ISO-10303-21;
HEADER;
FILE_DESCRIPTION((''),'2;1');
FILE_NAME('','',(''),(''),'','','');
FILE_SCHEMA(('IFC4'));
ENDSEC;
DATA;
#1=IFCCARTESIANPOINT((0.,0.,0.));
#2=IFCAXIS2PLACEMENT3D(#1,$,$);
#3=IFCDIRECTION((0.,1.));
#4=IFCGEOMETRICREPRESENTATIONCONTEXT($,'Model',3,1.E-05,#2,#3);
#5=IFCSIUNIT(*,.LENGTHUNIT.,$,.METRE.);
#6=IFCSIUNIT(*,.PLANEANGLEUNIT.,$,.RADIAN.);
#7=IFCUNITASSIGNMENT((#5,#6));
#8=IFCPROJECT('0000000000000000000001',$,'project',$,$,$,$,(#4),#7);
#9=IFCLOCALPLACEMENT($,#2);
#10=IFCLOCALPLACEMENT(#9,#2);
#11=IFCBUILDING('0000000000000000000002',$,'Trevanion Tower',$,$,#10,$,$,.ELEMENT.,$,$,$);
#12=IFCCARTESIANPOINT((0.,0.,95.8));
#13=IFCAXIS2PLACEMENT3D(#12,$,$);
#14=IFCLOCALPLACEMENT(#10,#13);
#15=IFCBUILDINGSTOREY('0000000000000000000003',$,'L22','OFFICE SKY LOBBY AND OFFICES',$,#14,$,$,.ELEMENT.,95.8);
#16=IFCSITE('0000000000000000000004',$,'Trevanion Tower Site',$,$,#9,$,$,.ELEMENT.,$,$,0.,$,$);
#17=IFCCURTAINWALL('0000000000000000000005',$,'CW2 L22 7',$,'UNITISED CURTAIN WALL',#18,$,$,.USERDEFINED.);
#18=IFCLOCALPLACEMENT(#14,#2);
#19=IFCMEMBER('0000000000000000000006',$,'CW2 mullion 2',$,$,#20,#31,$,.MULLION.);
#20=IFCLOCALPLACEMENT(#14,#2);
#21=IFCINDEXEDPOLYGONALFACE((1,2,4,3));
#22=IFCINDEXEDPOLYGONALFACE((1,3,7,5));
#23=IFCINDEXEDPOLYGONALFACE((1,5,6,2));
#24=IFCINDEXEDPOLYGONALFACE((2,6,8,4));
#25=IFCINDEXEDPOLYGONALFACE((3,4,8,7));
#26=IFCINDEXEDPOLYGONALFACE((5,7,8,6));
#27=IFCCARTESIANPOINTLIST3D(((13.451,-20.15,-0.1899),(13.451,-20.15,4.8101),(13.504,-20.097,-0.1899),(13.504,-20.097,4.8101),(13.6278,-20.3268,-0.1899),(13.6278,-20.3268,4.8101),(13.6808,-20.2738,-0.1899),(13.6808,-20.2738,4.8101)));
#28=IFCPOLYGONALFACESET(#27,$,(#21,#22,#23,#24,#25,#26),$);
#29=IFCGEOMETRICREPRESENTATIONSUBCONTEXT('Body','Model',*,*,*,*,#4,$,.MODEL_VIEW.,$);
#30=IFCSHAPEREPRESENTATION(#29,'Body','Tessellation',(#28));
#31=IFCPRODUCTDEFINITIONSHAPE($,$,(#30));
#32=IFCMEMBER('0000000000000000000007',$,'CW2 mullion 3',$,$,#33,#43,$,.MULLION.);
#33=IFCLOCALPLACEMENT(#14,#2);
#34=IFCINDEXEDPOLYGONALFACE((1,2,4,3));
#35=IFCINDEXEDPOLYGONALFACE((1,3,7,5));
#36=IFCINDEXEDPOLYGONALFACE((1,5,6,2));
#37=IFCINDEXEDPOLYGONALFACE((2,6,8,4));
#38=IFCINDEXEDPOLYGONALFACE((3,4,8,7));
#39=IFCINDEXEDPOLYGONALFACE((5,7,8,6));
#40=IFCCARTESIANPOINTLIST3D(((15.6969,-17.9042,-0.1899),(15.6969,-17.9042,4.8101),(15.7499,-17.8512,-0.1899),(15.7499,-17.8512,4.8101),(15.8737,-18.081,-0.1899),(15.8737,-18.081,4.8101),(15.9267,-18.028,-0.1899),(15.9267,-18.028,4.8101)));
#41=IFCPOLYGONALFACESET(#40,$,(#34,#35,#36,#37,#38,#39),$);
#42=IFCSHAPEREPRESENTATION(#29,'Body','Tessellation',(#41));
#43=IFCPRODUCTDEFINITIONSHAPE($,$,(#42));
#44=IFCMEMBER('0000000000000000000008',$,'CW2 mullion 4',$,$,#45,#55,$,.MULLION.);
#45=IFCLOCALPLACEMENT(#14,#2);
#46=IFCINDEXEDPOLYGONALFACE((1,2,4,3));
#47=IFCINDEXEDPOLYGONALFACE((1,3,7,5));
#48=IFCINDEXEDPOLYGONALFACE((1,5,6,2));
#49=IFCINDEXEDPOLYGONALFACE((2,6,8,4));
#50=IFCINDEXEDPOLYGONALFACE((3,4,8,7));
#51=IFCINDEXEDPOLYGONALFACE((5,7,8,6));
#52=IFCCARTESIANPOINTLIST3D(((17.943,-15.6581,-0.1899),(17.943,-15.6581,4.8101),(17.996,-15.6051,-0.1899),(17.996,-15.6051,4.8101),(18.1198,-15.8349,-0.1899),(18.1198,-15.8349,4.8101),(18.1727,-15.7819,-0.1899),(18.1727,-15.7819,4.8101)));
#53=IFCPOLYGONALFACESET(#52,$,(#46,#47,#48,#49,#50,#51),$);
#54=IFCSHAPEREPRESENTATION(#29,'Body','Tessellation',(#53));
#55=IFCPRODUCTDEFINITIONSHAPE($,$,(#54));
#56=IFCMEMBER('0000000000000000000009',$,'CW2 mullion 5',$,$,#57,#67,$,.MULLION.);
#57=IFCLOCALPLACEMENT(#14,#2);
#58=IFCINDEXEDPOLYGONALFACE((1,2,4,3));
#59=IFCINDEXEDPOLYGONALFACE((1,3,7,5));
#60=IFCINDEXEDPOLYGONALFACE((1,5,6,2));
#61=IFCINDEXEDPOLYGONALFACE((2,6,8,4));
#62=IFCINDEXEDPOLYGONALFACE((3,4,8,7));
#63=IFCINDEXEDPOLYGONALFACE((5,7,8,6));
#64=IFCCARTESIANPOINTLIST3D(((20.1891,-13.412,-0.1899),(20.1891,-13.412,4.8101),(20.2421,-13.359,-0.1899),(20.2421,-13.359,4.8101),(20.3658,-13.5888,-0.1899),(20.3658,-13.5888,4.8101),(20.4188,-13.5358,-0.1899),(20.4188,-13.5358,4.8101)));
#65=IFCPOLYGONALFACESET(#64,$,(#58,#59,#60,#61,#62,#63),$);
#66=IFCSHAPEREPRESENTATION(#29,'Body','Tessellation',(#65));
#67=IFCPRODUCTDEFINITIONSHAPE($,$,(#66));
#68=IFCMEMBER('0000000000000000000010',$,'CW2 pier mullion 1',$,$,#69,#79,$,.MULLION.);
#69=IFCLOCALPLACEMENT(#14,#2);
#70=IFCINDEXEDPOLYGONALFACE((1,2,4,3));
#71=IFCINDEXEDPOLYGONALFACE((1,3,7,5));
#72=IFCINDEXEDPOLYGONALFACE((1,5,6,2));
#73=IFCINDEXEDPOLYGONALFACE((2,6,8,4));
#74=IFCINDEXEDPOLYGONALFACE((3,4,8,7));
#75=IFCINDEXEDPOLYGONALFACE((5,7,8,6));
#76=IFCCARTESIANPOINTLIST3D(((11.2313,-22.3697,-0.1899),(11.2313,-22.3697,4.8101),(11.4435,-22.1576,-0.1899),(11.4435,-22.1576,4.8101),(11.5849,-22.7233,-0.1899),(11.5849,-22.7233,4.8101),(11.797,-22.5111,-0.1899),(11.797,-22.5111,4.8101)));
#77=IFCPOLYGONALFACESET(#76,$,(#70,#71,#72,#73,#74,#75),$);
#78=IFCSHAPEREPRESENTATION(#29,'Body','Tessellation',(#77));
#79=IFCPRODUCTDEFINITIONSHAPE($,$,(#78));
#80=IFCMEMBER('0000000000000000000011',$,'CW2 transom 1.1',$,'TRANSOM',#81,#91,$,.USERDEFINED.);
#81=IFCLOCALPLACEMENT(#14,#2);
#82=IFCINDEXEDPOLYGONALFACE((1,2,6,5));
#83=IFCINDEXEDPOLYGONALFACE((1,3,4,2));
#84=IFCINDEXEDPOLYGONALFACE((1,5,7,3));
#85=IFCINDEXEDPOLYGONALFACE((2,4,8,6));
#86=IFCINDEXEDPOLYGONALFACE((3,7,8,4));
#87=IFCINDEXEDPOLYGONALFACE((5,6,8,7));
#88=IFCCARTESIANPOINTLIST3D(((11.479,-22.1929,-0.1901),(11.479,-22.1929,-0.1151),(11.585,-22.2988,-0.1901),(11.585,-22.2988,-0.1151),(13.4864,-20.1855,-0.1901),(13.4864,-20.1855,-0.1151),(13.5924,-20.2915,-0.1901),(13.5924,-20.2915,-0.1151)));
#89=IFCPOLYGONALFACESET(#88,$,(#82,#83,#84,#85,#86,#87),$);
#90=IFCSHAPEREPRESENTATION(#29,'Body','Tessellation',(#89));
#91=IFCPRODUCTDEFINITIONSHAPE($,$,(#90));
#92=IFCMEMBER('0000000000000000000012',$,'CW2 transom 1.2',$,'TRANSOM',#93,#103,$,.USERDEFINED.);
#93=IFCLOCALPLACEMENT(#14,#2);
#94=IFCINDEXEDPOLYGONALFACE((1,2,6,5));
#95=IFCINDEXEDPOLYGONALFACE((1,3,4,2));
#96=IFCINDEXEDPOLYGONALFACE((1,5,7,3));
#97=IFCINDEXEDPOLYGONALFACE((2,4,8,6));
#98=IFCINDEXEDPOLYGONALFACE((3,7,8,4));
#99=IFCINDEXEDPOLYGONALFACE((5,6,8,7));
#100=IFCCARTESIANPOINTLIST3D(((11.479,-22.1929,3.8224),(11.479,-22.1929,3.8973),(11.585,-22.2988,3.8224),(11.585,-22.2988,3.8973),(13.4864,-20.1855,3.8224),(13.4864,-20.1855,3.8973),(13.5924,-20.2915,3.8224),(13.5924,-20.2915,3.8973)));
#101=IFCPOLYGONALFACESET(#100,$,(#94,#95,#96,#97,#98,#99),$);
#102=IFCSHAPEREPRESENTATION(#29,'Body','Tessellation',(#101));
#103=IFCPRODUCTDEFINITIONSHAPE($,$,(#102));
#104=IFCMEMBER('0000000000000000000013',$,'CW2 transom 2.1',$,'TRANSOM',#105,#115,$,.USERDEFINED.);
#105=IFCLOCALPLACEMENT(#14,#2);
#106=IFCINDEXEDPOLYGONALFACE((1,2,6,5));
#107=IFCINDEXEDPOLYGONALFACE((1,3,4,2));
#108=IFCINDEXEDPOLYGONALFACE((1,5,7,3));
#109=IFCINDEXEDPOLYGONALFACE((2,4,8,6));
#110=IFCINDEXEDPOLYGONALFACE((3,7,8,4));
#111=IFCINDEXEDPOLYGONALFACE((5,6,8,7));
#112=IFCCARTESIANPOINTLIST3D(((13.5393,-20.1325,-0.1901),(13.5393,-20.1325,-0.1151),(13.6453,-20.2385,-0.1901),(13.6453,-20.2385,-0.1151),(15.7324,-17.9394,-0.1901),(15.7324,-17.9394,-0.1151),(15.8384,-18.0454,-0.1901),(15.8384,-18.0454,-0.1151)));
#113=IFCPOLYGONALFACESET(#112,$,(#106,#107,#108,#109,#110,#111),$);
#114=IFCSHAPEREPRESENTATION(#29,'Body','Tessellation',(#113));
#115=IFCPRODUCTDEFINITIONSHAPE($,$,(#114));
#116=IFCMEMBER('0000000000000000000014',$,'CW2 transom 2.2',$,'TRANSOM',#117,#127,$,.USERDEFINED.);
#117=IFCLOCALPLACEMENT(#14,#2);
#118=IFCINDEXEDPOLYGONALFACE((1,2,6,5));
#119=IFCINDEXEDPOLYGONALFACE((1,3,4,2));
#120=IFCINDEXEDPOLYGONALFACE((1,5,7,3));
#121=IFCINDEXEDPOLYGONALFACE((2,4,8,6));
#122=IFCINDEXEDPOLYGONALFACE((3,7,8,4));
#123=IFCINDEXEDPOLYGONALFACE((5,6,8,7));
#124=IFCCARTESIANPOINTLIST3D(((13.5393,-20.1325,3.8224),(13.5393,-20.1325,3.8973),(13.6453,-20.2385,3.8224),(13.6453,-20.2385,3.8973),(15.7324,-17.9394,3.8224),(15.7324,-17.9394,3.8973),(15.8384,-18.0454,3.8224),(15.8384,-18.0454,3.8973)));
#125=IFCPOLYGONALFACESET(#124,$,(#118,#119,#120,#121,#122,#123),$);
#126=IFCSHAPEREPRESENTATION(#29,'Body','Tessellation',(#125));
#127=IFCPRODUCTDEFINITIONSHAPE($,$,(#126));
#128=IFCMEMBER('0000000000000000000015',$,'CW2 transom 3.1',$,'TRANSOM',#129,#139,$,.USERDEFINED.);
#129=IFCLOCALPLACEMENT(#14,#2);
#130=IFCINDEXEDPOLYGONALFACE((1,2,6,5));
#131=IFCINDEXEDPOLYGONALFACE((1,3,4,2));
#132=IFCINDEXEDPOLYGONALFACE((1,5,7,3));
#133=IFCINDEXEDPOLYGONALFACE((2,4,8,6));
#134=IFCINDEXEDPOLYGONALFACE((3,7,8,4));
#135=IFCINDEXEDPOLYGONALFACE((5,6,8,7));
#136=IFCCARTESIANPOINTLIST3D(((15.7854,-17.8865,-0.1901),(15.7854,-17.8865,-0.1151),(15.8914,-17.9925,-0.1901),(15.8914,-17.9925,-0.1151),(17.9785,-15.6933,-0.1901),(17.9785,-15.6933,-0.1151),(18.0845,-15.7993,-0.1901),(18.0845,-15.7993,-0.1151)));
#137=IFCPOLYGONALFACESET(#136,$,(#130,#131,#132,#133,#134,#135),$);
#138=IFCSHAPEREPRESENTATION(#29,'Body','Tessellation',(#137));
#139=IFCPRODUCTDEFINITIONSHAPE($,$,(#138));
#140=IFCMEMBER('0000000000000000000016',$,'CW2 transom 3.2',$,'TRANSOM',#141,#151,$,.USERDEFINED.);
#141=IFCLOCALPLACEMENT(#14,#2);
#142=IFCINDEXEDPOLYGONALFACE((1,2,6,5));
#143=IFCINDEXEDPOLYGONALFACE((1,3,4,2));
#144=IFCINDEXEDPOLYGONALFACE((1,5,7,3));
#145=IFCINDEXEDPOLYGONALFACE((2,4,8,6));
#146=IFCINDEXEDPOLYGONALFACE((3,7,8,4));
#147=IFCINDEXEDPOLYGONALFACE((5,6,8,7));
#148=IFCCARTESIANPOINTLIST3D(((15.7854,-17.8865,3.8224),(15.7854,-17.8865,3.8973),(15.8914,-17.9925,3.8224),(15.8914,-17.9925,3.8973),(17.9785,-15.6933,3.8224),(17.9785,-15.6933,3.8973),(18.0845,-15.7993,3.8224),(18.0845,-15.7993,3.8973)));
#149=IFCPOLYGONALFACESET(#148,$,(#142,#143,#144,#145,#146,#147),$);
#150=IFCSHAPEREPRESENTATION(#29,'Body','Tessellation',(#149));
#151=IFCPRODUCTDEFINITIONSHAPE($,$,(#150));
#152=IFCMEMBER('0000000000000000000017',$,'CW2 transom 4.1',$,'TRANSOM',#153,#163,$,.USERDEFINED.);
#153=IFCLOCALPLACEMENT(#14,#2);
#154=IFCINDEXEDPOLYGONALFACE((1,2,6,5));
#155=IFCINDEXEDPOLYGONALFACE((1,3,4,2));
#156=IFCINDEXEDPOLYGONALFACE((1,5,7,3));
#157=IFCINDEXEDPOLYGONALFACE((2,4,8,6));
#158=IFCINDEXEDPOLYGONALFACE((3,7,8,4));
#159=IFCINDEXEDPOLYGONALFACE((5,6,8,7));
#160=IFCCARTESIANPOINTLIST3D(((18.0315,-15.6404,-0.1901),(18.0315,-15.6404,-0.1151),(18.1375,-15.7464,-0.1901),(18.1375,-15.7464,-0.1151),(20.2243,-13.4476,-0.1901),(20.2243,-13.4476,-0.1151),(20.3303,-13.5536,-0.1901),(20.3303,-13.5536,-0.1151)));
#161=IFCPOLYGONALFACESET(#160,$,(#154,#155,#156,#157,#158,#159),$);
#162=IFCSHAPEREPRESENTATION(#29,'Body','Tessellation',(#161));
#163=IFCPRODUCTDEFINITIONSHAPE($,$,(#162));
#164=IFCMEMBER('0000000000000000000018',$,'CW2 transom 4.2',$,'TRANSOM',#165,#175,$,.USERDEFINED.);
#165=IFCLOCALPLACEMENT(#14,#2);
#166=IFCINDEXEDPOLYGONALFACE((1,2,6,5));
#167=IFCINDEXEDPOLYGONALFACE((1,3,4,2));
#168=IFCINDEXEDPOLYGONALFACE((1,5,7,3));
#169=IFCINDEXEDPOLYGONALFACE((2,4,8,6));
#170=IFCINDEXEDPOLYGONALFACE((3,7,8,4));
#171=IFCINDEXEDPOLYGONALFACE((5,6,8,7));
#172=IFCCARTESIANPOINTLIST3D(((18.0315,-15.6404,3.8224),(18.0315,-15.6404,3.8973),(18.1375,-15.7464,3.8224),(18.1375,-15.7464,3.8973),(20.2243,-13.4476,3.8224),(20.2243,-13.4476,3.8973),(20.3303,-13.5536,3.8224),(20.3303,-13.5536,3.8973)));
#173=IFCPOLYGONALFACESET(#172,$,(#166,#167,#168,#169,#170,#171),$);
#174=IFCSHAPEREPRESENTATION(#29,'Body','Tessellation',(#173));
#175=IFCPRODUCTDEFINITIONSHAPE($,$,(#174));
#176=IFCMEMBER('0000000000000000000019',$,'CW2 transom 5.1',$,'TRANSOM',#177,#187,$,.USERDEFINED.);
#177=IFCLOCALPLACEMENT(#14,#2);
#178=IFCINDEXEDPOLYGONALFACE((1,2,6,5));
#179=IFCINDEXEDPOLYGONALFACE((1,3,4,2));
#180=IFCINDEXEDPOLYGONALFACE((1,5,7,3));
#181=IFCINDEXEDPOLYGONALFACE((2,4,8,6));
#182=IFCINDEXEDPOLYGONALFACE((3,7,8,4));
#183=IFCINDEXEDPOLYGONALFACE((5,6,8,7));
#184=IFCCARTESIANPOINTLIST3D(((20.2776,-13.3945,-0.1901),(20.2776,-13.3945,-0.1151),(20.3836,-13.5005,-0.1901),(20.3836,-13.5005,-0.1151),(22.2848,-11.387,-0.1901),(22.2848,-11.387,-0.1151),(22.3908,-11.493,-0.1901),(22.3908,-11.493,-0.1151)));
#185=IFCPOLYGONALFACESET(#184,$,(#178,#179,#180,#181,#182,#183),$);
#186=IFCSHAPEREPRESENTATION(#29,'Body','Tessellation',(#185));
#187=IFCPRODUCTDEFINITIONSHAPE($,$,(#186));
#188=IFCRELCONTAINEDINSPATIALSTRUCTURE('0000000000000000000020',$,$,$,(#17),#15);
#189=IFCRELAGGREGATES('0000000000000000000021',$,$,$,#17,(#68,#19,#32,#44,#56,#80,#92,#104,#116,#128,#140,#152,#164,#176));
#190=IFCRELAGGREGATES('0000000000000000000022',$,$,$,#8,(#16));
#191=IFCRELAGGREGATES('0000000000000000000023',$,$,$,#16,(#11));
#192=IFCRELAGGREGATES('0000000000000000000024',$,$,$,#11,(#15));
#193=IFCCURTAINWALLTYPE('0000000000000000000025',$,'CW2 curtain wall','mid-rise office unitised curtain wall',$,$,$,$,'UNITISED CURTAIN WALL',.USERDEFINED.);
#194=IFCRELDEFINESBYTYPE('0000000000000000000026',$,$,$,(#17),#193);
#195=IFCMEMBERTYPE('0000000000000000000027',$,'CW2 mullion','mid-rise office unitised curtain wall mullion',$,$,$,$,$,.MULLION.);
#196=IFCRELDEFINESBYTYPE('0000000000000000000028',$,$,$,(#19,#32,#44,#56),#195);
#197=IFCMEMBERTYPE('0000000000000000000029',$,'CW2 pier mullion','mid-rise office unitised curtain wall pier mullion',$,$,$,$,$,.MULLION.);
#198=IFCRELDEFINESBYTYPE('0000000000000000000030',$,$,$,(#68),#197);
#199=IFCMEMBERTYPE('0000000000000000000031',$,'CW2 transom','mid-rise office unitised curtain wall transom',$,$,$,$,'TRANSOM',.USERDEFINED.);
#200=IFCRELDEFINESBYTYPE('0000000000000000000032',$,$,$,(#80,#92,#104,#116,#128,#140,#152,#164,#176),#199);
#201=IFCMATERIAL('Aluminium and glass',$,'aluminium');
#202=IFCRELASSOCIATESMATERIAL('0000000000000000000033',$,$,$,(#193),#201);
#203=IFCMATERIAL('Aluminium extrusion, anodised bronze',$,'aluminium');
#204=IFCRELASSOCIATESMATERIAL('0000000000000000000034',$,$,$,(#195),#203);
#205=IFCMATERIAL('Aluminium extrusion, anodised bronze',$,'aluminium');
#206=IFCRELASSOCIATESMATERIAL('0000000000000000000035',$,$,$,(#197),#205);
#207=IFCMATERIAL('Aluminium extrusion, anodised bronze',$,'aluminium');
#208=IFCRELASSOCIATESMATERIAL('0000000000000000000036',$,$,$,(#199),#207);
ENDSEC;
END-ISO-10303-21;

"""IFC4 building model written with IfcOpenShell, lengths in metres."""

from ifc_helpers import new_model, si_unit, direction, frame, origin, origin_2d, place, context, subcontext, project, spatial, rectangle, extrude, material, material_profile, profile_set, type_object, element, aggregate, save


model = new_model("IFC4")

# Units and contexts
model_context = context("Model", 3, precision=1e-05, world=origin(), true_north=direction((0.0, 1.0)))
body_context = subcontext(model_context, "Body", "Model", "MODEL_VIEW")
ifc_project = project(units=[si_unit("LENGTHUNIT", "METRE"), si_unit("PLANEANGLEUNIT", "RADIAN")], contexts=[model_context])

# Site, building, storey
site_placement = place(None, origin())
site = spatial("IfcSite", under=ifc_project, at=site_placement, Name="Trevanion Tower Site", CompositionType="ELEMENT", RefElevation=0.0)
building_placement = place(site_placement, origin())
building = spatial("IfcBuilding", under=site, at=building_placement, Name="Trevanion Tower", CompositionType="ELEMENT")
storey_placement = place(building_placement, frame((0.0, 0.0, 95.8)))
storey = spatial("IfcBuildingStorey", under=building, at=storey_placement, Name="L22", Description="OFFICE SKY LOBBY AND OFFICES", CompositionType="ELEMENT", Elevation=95.8)

# Curtain wall, members
ifc_material_1 = material(Name="Aluminium and glass", Category="aluminium")
curtain_wall_type = type_object("IfcCurtainWallType", Name="CW2 curtain wall", Description="mid-rise office unitised curtain wall", ElementType="UNITISED CURTAIN WALL", PredefinedType="USERDEFINED", material=ifc_material_1)
curtain_wall_placement = place(storey_placement, origin())
curtain_wall = element("IfcCurtainWall", 1, at=curtain_wall_placement, inside=storey, type_object=curtain_wall_type, Name="CW2 L22 7", ObjectType="UNITISED CURTAIN WALL", PredefinedType="USERDEFINED")
ifc_material_2 = material(Name="Aluminium extrusion, anodised bronze", Category="aluminium")
ifc_material_profile_1 = material_profile(ifc_material_2, rectangle(XDim=0.075, YDim=0.25, at=origin_2d()), Name="CW2 mullion")
ifc_profile_set_1 = profile_set([ifc_material_profile_1], Name="Aluminium extrusion, anodised bronze")
member_type_1 = type_object("IfcMemberType", Name="CW2 mullion", Description="mid-rise office unitised curtain wall mullion", PredefinedType="MULLION", material=ifc_profile_set_1)
member_1_placement = place(storey_placement, frame((13.5659, -20.2119, -0.1899), z_axis=(0.0, 0.0, 1.0), x_axis=(0.707107, 0.707107, 0.0)))
member_1 = element("IfcMember", 2, at=member_1_placement, type_object=member_type_1, Name="CW2 mullion 2", PredefinedType="MULLION", context=body_context, shape_type="SweptSolid", body=[
    extrude(rectangle(XDim=0.075, YDim=0.25, at=origin_2d()), origin(), (0.0, 0.0, 1.0), 5.0),
])
member_2_placement = place(storey_placement, frame((15.8118, -17.9661, -0.1899), z_axis=(0.0, 0.0, 1.0), x_axis=(0.707107, 0.707107, 0.0)))
member_2 = element("IfcMember", 3, at=member_2_placement, type_object=member_type_1, Name="CW2 mullion 3", PredefinedType="MULLION", context=body_context, shape_type="SweptSolid", body=[
    extrude(rectangle(XDim=0.075, YDim=0.25, at=origin_2d()), origin(), (0.0, 0.0, 1.0), 5.0),
])
member_3_placement = place(storey_placement, frame((18.0579, -15.72, -0.1899), z_axis=(0.0, 0.0, 1.0), x_axis=(0.707107, 0.707107, 0.0)))
member_3 = element("IfcMember", 4, at=member_3_placement, type_object=member_type_1, Name="CW2 mullion 4", PredefinedType="MULLION", context=body_context, shape_type="SweptSolid", body=[
    extrude(rectangle(XDim=0.075, YDim=0.25, at=origin_2d()), origin(), (0.0, 0.0, 1.0), 5.0),
])
member_4_placement = place(storey_placement, frame((20.304, -13.4739, -0.1899), z_axis=(0.0, 0.0, 1.0), x_axis=(0.707107, 0.707107, 0.0)))
member_4 = element("IfcMember", 5, at=member_4_placement, type_object=member_type_1, Name="CW2 mullion 5", PredefinedType="MULLION", context=body_context, shape_type="SweptSolid", body=[
    extrude(rectangle(XDim=0.075, YDim=0.25, at=origin_2d()), origin(), (0.0, 0.0, 1.0), 5.0),
])
ifc_material_3 = material(Name="Aluminium extrusion, anodised bronze", Category="aluminium")
ifc_material_profile_2 = material_profile(ifc_material_3, rectangle(XDim=0.3, YDim=0.5, at=origin_2d()), Name="CW2 pier mullion")
ifc_profile_set_2 = profile_set([ifc_material_profile_2], Name="Aluminium extrusion, anodised bronze")
member_type_2 = type_object("IfcMemberType", Name="CW2 pier mullion", Description="mid-rise office unitised curtain wall pier mullion", PredefinedType="MULLION", material=ifc_profile_set_2)
member_5_placement = place(storey_placement, frame((11.5142, -22.4404, -0.1899), z_axis=(0.0, 0.0, 1.0), x_axis=(0.707107, 0.707107, 0.0)))
member_5 = element("IfcMember", 6, at=member_5_placement, type_object=member_type_2, Name="CW2 pier mullion 1", PredefinedType="MULLION", context=body_context, shape_type="SweptSolid", body=[
    extrude(rectangle(XDim=0.3, YDim=0.5, at=origin_2d()), origin(), (0.0, 0.0, 1.0), 5.0),
])
ifc_material_4 = material(Name="Aluminium extrusion, anodised bronze", Category="aluminium")
ifc_material_profile_3 = material_profile(ifc_material_4, rectangle(XDim=0.1499, YDim=0.075, at=origin_2d()), Name="CW2 transom")
ifc_profile_set_3 = profile_set([ifc_material_profile_3], Name="Aluminium extrusion, anodised bronze")
member_type_3 = type_object("IfcMemberType", Name="CW2 transom", Description="mid-rise office unitised curtain wall transom", ElementType="TRANSOM", PredefinedType="USERDEFINED", material=ifc_profile_set_3)
member_6_placement = place(storey_placement, frame((11.532, -22.2458, -0.1526), z_axis=(0.707107, 0.707107, 0.0), x_axis=(-0.707107, 0.707107, 0.0)))
member_6 = element("IfcMember", 7, at=member_6_placement, type_object=member_type_3, Name="CW2 transom 1.1", ObjectType="TRANSOM", PredefinedType="USERDEFINED", context=body_context, shape_type="SweptSolid", body=[
    extrude(rectangle(XDim=0.1499, YDim=0.075, at=origin_2d()), origin(), (0.0, 0.0, 1.0), 2.8389),
])
member_7_placement = place(storey_placement, frame((11.532, -22.2458, 3.8599), z_axis=(0.707107, 0.707107, 0.0), x_axis=(-0.707107, 0.707107, 0.0)))
member_7 = element("IfcMember", 8, at=member_7_placement, type_object=member_type_3, Name="CW2 transom 1.2", ObjectType="TRANSOM", PredefinedType="USERDEFINED", context=body_context, shape_type="SweptSolid", body=[
    extrude(rectangle(XDim=0.1499, YDim=0.075, at=origin_2d()), origin(), (0.0, 0.0, 1.0), 2.8389),
])
member_8_placement = place(storey_placement, frame((13.5923, -20.1855, -0.1526), z_axis=(0.707107, 0.707107, 0.0), x_axis=(-0.707107, 0.707107, 0.0)))
member_8 = element("IfcMember", 9, at=member_8_placement, type_object=member_type_3, Name="CW2 transom 2.1", ObjectType="TRANSOM", PredefinedType="USERDEFINED", context=body_context, shape_type="SweptSolid", body=[
    extrude(rectangle(XDim=0.1499, YDim=0.075, at=origin_2d()), origin(), (0.0, 0.0, 1.0), 3.1016),
])
member_9_placement = place(storey_placement, frame((13.5923, -20.1855, 3.8599), z_axis=(0.707107, 0.707107, 0.0), x_axis=(-0.707107, 0.707107, 0.0)))
member_9 = element("IfcMember", 10, at=member_9_placement, type_object=member_type_3, Name="CW2 transom 2.2", ObjectType="TRANSOM", PredefinedType="USERDEFINED", context=body_context, shape_type="SweptSolid", body=[
    extrude(rectangle(XDim=0.1499, YDim=0.075, at=origin_2d()), origin(), (0.0, 0.0, 1.0), 3.1016),
])
member_10_placement = place(storey_placement, frame((15.8384, -17.9395, -0.1526), z_axis=(0.707107, 0.707107, 0.0), x_axis=(-0.707107, 0.707107, 0.0)))
member_10 = element("IfcMember", 11, at=member_10_placement, type_object=member_type_3, Name="CW2 transom 3.1", ObjectType="TRANSOM", PredefinedType="USERDEFINED", context=body_context, shape_type="SweptSolid", body=[
    extrude(rectangle(XDim=0.1499, YDim=0.075, at=origin_2d()), origin(), (0.0, 0.0, 1.0), 3.1016),
])
member_11_placement = place(storey_placement, frame((15.8384, -17.9395, 3.8599), z_axis=(0.707107, 0.707107, 0.0), x_axis=(-0.707107, 0.707107, 0.0)))
member_11 = element("IfcMember", 12, at=member_11_placement, type_object=member_type_3, Name="CW2 transom 3.2", ObjectType="TRANSOM", PredefinedType="USERDEFINED", context=body_context, shape_type="SweptSolid", body=[
    extrude(rectangle(XDim=0.1499, YDim=0.075, at=origin_2d()), origin(), (0.0, 0.0, 1.0), 3.1016),
])
member_12_placement = place(storey_placement, frame((18.0845, -15.6934, -0.1526), z_axis=(0.707107, 0.707107, 0.0), x_axis=(-0.707107, 0.707107, 0.0)))
member_12 = element("IfcMember", 13, at=member_12_placement, type_object=member_type_3, Name="CW2 transom 4.1", ObjectType="TRANSOM", PredefinedType="USERDEFINED", context=body_context, shape_type="SweptSolid", body=[
    extrude(rectangle(XDim=0.1499, YDim=0.075, at=origin_2d()), origin(), (0.0, 0.0, 1.0), 3.1011),
])
member_13_placement = place(storey_placement, frame((18.0845, -15.6934, 3.8599), z_axis=(0.707107, 0.707107, 0.0), x_axis=(-0.707107, 0.707107, 0.0)))
member_13 = element("IfcMember", 14, at=member_13_placement, type_object=member_type_3, Name="CW2 transom 4.2", ObjectType="TRANSOM", PredefinedType="USERDEFINED", context=body_context, shape_type="SweptSolid", body=[
    extrude(rectangle(XDim=0.1499, YDim=0.075, at=origin_2d()), origin(), (0.0, 0.0, 1.0), 3.1011),
])
member_14_placement = place(storey_placement, frame((20.3306, -13.4475, -0.1526), z_axis=(0.707064, 0.70715, 0.0), x_axis=(-0.70715, 0.707064, 0.0)))
member_14 = element("IfcMember", 15, at=member_14_placement, type_object=member_type_3, Name="CW2 transom 5.1", ObjectType="TRANSOM", PredefinedType="USERDEFINED", context=body_context, shape_type="SweptSolid", body=[
    extrude(rectangle(XDim=0.1499, YDim=0.075, at=origin_2d()), origin(), (0.0, 0.0, 1.0), 2.8389),
])
aggregate(curtain_wall, [member_5, member_1, member_2, member_3, member_4, member_6, member_7, member_8, member_9, member_10, member_11, member_12, member_13, member_14])

save(model, "model.ifc")
